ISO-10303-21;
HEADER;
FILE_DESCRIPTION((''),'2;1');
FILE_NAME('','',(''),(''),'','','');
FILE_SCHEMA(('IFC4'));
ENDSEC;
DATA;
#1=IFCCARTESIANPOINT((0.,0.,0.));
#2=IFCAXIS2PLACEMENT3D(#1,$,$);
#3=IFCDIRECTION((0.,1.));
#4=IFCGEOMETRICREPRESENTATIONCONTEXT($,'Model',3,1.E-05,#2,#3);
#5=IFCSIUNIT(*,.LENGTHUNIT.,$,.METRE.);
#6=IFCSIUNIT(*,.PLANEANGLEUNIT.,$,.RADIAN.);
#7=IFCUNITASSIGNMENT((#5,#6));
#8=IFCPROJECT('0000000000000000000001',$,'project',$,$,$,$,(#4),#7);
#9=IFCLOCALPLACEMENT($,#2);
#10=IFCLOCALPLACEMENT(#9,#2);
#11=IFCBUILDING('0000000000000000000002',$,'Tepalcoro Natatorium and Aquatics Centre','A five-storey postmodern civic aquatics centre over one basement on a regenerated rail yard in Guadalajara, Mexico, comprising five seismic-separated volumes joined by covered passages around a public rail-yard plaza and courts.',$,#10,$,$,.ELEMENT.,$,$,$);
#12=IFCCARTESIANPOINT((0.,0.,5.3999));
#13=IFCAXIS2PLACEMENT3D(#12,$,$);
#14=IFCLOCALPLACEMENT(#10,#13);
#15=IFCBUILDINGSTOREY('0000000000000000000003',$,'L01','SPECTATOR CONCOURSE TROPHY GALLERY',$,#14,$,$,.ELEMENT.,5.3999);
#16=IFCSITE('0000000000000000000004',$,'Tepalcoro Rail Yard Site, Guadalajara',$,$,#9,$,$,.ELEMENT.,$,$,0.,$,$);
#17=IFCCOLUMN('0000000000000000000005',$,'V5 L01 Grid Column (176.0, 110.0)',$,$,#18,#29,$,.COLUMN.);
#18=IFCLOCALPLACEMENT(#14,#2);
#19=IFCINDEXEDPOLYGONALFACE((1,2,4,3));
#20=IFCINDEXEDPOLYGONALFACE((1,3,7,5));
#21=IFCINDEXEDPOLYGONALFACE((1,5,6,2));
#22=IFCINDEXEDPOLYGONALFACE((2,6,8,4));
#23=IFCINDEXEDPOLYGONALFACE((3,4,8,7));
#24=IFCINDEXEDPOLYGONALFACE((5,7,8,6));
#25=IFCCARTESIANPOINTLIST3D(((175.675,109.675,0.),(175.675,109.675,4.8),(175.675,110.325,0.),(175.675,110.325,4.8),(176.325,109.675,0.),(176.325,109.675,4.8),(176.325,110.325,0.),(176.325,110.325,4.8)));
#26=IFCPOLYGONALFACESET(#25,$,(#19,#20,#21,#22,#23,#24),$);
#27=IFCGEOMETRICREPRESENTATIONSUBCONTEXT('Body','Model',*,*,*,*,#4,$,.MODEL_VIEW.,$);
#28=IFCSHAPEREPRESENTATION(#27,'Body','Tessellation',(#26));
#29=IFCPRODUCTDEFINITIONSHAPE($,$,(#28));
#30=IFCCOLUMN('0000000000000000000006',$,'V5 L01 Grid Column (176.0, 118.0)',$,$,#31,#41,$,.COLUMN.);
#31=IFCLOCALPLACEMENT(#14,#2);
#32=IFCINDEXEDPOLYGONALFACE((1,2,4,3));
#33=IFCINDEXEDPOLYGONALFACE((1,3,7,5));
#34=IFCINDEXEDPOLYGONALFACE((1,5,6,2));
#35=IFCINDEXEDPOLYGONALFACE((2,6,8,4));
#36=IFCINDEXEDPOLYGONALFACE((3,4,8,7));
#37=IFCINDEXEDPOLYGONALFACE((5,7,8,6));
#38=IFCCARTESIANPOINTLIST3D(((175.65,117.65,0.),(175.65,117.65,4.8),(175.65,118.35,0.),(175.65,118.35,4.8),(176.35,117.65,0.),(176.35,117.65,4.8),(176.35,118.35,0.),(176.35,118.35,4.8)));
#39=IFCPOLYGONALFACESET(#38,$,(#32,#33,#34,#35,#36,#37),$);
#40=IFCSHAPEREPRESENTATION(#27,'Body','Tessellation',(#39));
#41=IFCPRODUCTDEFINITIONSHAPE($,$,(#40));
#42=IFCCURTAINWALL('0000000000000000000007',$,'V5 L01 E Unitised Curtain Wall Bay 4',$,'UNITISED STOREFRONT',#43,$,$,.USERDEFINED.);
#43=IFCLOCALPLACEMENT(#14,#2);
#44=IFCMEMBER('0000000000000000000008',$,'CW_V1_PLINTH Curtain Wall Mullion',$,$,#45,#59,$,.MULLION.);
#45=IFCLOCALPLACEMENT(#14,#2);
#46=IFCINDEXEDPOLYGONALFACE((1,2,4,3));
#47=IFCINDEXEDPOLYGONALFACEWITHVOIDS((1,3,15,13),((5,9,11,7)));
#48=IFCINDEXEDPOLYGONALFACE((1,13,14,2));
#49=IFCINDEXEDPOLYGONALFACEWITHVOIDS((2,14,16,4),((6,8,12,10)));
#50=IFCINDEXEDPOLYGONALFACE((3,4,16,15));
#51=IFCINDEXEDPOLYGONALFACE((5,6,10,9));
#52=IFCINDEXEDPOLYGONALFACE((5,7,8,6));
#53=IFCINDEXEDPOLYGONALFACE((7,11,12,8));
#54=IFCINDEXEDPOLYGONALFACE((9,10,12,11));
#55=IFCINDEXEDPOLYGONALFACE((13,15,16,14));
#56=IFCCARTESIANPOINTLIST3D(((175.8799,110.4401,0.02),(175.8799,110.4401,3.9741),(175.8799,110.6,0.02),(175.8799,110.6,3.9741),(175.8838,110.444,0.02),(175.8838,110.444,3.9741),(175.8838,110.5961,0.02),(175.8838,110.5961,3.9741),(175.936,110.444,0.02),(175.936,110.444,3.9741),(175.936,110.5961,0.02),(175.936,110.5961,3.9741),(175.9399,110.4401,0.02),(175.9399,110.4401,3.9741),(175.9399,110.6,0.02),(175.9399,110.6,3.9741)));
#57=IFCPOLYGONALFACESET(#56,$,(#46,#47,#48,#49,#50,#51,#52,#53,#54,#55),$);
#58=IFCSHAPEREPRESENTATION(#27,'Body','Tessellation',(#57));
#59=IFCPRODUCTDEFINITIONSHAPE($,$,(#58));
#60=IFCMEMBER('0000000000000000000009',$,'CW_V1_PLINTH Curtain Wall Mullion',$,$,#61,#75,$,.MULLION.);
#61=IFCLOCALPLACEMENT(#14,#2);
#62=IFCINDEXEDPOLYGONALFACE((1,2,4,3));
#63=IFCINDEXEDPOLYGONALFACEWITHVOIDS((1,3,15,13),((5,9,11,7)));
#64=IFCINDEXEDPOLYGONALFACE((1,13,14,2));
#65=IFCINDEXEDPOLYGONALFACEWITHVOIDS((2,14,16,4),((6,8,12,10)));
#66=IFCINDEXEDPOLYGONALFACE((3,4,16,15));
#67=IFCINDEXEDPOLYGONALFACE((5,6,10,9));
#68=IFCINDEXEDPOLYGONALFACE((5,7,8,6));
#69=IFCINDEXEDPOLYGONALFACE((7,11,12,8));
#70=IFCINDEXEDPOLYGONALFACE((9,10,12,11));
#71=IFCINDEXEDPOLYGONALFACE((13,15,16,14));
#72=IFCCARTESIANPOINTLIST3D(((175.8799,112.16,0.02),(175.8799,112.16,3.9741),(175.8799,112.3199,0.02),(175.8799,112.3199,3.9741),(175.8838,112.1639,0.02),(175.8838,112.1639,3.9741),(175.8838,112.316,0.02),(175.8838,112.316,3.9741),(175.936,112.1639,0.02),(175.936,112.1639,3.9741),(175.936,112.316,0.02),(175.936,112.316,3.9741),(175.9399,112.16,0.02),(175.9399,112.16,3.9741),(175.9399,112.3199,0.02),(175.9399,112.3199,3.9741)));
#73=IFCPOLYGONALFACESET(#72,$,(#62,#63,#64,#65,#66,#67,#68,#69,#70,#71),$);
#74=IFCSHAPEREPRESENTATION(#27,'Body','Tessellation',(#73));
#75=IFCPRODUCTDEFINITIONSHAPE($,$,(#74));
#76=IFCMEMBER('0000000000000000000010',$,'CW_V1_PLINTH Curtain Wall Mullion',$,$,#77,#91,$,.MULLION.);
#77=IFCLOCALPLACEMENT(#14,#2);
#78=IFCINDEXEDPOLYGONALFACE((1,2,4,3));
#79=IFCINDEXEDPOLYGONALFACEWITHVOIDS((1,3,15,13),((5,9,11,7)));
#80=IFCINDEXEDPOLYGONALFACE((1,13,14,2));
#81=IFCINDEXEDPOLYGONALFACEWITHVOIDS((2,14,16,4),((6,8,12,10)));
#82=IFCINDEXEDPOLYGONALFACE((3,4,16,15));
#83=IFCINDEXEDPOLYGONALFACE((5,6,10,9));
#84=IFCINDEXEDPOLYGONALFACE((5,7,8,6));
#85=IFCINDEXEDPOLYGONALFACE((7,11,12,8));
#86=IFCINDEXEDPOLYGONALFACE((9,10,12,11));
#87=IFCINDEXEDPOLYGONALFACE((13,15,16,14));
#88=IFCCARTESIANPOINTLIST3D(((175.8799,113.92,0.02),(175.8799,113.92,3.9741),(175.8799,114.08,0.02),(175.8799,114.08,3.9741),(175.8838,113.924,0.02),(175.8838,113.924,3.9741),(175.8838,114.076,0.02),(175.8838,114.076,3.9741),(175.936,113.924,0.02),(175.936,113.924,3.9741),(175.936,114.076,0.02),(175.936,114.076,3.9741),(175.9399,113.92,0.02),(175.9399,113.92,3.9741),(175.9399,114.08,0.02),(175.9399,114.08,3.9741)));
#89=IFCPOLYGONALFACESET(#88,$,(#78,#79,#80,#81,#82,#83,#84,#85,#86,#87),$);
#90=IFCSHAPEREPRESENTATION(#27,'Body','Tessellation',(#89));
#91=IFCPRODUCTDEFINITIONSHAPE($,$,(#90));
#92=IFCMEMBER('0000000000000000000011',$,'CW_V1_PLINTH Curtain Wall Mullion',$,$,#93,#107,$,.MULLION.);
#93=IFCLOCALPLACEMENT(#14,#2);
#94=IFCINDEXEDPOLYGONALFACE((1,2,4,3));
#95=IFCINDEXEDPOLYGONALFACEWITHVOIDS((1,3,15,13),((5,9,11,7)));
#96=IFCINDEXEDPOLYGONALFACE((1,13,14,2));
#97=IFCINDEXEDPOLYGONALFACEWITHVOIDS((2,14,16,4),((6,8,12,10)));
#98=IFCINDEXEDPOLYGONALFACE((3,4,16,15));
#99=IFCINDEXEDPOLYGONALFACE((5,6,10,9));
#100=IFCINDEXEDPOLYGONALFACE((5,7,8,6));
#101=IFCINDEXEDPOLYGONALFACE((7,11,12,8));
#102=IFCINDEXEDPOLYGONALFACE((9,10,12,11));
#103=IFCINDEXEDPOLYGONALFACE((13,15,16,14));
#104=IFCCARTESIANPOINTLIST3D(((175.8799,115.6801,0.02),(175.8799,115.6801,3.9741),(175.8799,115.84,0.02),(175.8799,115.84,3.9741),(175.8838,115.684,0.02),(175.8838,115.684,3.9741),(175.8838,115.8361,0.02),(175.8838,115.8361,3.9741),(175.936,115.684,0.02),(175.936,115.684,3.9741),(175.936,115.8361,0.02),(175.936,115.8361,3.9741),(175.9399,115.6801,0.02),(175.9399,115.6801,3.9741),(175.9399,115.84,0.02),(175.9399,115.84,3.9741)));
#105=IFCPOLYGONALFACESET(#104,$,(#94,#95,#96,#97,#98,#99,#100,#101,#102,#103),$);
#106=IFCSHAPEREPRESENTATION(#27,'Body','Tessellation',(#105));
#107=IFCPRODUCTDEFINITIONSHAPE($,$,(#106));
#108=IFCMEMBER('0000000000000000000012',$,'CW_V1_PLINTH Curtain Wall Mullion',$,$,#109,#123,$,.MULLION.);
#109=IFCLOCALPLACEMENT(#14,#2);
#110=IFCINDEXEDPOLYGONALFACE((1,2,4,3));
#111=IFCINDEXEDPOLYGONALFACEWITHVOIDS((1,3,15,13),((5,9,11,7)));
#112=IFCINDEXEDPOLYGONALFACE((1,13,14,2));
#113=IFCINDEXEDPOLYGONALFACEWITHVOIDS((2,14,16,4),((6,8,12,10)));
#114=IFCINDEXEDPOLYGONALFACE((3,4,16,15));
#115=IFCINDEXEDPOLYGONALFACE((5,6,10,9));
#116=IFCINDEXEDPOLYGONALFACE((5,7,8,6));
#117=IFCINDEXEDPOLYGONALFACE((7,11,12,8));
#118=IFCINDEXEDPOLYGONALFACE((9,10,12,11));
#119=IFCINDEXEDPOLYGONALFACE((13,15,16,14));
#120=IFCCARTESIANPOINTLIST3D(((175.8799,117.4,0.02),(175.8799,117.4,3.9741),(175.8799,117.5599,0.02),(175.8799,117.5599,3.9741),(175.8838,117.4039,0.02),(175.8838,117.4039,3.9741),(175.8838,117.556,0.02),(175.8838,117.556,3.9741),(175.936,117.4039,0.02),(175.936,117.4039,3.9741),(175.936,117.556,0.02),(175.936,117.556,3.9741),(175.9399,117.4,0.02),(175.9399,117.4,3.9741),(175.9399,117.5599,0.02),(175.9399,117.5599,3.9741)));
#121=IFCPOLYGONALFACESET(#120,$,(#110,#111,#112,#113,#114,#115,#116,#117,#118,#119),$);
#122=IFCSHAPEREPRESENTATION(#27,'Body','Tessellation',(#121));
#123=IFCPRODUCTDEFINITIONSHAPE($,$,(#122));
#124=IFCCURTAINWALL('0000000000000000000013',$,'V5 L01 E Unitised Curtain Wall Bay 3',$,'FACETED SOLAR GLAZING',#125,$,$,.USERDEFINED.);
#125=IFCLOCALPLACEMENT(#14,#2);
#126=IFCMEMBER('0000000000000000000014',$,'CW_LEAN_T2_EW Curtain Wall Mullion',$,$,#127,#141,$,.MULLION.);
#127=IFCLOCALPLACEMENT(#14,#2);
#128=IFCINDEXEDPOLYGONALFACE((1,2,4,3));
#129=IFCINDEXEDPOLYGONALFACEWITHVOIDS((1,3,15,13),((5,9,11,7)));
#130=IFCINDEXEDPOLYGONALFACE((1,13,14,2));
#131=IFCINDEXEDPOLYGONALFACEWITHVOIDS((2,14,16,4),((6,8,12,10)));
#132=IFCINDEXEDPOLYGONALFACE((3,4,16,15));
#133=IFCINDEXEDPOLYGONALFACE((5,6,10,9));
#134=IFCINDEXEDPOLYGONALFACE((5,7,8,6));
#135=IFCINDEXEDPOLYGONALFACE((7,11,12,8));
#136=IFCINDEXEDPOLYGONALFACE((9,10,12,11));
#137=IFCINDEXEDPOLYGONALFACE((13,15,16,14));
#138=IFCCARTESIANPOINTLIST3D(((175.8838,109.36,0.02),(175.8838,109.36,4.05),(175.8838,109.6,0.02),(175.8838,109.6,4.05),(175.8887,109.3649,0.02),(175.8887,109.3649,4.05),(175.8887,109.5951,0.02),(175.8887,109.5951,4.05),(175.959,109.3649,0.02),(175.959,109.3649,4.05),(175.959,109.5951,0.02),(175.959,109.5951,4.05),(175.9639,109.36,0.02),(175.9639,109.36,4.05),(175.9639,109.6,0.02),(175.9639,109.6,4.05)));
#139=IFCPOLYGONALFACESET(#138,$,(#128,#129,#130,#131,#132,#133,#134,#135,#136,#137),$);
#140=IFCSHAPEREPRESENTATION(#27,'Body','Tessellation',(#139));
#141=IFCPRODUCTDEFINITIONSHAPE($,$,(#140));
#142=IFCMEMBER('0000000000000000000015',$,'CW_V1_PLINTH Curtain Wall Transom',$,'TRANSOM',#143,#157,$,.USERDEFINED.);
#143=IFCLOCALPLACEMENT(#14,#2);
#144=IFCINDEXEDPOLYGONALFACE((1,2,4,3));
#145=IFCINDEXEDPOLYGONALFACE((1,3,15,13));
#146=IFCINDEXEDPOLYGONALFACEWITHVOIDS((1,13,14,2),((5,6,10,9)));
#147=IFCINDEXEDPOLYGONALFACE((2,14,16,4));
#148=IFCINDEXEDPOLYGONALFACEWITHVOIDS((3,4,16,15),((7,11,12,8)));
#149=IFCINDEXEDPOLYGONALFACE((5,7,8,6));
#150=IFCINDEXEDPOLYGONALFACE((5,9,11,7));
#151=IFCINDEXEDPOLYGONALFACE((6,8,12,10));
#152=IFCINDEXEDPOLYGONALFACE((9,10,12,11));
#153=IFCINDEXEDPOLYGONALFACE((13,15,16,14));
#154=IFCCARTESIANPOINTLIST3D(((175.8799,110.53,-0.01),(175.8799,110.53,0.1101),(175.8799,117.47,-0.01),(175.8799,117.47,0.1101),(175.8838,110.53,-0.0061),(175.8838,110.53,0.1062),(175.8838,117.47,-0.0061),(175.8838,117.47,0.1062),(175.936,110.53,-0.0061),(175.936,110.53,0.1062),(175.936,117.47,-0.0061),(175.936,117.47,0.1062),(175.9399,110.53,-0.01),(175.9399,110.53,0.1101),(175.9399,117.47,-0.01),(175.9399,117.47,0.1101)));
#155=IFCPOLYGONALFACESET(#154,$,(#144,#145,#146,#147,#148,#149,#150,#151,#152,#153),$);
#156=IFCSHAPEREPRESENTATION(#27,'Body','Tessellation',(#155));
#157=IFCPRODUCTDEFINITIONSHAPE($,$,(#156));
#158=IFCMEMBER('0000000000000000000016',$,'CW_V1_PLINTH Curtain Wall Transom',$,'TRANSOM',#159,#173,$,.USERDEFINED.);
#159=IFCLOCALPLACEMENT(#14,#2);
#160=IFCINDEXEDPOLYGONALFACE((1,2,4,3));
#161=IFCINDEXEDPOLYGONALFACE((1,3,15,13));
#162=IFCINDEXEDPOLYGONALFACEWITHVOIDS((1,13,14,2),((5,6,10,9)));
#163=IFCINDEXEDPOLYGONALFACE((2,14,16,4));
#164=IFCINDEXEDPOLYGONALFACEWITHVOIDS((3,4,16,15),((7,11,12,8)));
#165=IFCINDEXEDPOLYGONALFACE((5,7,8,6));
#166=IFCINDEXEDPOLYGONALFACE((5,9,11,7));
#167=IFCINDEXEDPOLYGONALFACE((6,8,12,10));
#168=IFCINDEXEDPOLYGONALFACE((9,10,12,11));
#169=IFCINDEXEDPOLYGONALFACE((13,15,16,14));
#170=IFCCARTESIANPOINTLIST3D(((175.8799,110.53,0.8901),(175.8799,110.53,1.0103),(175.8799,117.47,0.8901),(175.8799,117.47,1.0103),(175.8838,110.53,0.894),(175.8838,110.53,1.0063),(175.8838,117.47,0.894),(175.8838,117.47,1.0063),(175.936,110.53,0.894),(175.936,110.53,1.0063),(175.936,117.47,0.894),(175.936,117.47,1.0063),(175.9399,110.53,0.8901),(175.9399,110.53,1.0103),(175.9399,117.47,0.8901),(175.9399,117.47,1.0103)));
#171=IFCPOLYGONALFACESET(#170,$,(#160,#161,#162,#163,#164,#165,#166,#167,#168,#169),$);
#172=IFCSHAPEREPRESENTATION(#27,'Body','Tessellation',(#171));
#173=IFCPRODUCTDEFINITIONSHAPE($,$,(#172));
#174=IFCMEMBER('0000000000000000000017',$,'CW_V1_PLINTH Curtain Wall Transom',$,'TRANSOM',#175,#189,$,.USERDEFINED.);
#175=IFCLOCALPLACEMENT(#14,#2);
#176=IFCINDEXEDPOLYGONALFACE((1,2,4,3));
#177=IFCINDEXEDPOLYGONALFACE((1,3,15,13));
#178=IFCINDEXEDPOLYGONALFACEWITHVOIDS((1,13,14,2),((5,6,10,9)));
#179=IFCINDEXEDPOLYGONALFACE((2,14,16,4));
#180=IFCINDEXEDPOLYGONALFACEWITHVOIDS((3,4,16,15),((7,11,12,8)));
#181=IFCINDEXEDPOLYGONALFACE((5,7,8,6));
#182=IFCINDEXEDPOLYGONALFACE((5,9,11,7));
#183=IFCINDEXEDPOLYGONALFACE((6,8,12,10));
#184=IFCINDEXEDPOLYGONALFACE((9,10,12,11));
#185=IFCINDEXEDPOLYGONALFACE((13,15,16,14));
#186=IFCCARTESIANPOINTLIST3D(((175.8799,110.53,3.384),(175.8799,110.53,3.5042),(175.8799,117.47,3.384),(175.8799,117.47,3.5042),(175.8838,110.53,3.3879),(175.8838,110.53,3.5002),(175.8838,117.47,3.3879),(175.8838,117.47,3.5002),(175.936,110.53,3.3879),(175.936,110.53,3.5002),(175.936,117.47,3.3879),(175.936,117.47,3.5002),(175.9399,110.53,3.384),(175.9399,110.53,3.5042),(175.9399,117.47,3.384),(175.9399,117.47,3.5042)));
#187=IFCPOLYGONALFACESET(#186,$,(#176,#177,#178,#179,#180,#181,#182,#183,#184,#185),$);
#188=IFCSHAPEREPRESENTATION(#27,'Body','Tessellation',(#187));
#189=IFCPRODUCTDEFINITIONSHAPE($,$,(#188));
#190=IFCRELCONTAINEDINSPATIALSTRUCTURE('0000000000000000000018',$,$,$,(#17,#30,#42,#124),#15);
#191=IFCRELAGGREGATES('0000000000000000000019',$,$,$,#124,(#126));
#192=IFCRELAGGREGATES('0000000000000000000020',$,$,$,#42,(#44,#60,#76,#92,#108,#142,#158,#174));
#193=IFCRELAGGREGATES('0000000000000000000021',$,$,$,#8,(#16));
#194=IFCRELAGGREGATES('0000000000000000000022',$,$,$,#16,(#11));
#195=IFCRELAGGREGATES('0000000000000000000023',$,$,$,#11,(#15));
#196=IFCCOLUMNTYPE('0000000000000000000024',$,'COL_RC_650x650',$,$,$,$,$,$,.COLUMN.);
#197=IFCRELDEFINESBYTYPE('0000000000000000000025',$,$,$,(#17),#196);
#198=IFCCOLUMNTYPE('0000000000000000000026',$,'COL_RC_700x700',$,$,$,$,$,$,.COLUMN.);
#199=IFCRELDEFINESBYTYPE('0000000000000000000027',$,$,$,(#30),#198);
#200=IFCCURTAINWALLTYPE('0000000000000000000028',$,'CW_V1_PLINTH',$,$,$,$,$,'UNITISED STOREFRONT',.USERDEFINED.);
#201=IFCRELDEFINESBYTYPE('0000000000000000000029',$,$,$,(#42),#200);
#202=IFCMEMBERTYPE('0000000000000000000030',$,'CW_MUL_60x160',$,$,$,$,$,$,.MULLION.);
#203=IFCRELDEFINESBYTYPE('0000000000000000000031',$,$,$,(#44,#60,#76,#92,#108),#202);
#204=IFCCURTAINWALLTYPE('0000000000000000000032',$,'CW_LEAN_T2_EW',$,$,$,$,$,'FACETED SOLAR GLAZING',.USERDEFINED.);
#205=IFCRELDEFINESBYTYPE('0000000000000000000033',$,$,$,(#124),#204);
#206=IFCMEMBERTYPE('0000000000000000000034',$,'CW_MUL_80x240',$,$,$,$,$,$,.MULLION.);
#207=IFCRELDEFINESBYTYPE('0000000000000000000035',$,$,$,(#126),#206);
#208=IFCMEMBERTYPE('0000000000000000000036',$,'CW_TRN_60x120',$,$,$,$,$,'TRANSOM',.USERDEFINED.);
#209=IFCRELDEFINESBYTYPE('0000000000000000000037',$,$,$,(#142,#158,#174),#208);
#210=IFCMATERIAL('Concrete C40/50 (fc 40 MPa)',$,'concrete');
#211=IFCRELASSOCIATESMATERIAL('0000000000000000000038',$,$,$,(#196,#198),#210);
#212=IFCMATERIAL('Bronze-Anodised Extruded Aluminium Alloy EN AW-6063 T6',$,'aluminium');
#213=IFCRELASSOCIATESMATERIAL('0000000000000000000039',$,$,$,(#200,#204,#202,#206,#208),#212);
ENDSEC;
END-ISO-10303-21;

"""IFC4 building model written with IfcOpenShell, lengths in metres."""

from ifc_helpers import new_model, si_unit, direction, frame, origin, origin_2d, place, context, subcontext, project, spatial, rectangle, hollow_rectangle, extrude, material, material_profile, profile_set, type_object, element, aggregate, save


model = new_model("IFC4")

# Units and contexts
model_context = context("Model", 3, precision=1e-05, world=origin(), true_north=direction((0.0, 1.0)))
body_context = subcontext(model_context, "Body", "Model", "MODEL_VIEW")
ifc_project = project(units=[si_unit("LENGTHUNIT", "METRE"), si_unit("PLANEANGLEUNIT", "RADIAN")], contexts=[model_context])

# Site, building, storey
site_placement = place(None, origin())
site = spatial("IfcSite", under=ifc_project, at=site_placement, Name="Tepalcoro Rail Yard Site, Guadalajara", CompositionType="ELEMENT", RefElevation=0.0)
building_placement = place(site_placement, origin())
building = spatial("IfcBuilding", under=site, at=building_placement, Name="Tepalcoro Natatorium and Aquatics Centre", Description="A five-storey postmodern civic aquatics centre over one basement on a regenerated rail yard in Guadalajara, Mexico, comprising five seismic-separated volumes joined by covered passages around a public rail-yard plaza and courts.", CompositionType="ELEMENT")
storey_placement = place(building_placement, frame((0.0, 0.0, 5.3999)))
storey = spatial("IfcBuildingStorey", under=building, at=storey_placement, Name="L01", Description="SPECTATOR CONCOURSE TROPHY GALLERY", CompositionType="ELEMENT", Elevation=5.3999)

# Columns
ifc_material_1 = material(Name="Concrete C40/50 (fc 40 MPa)", Category="concrete")
ifc_material_profile_1 = material_profile(ifc_material_1, rectangle(XDim=0.6499, YDim=0.6499, at=origin_2d()), Name="RC650x650")
ifc_profile_set_1 = profile_set([ifc_material_profile_1], Name="Concrete C40/50 (fc 40 MPa)")
column_type_1 = type_object("IfcColumnType", Name="COL_RC_650x650", PredefinedType="COLUMN", material=ifc_profile_set_1)
column_1_placement = place(storey_placement, frame((176.0, 110.0, 0.0), z_axis=(0.0, 0.0, 1.0), x_axis=(1.0, 0.0, 0.0)))
element("IfcColumn", 1, at=column_1_placement, inside=storey, type_object=column_type_1, Name="V5 L01 Grid Column (176.0, 110.0)", PredefinedType="COLUMN", context=body_context, shape_type="SweptSolid", body=[
    extrude(rectangle(XDim=0.6499, YDim=0.6499, at=origin_2d()), origin(), (0.0, 0.0, 1.0), 4.8),
])
ifc_material_profile_2 = material_profile(ifc_material_1, rectangle(XDim=0.7, YDim=0.7, at=origin_2d()), Name="RC700x700")
ifc_profile_set_2 = profile_set([ifc_material_profile_2], Name="Concrete C40/50 (fc 40 MPa)")
column_type_2 = type_object("IfcColumnType", Name="COL_RC_700x700", PredefinedType="COLUMN", material=ifc_profile_set_2)
column_2_placement = place(storey_placement, frame((176.0, 118.0, 0.0), z_axis=(0.0, 0.0, 1.0), x_axis=(1.0, 0.0, 0.0)))
element("IfcColumn", 2, at=column_2_placement, inside=storey, type_object=column_type_2, Name="V5 L01 Grid Column (176.0, 118.0)", PredefinedType="COLUMN", context=body_context, shape_type="SweptSolid", body=[
    extrude(rectangle(XDim=0.7, YDim=0.7, at=origin_2d()), origin(), (0.0, 0.0, 1.0), 4.8),
])

# Curtain wall, members
ifc_material_2 = material(Name="Bronze-Anodised Extruded Aluminium Alloy EN AW-6063 T6", Category="aluminium")
curtain_wall_type_1 = type_object("IfcCurtainWallType", Name="CW_V1_PLINTH", ElementType="UNITISED STOREFRONT", PredefinedType="USERDEFINED", material=ifc_material_2)
curtain_wall_1_placement = place(storey_placement, origin())
curtain_wall_1 = element("IfcCurtainWall", 3, at=curtain_wall_1_placement, inside=storey, type_object=curtain_wall_type_1, Name="V5 L01 E Unitised Curtain Wall Bay 4", ObjectType="UNITISED STOREFRONT", PredefinedType="USERDEFINED")
ifc_material_profile_3 = material_profile(ifc_material_2, hollow_rectangle(XDim=0.0601, YDim=0.1599, WallThickness=0.0039, at=origin_2d()), Name="AL60X160X4")
ifc_profile_set_3 = profile_set([ifc_material_profile_3], Name="Bronze-Anodised Extruded Aluminium Alloy EN AW-6063 T6")
member_type_1 = type_object("IfcMemberType", Name="CW_MUL_60x160", PredefinedType="MULLION", material=ifc_profile_set_3)
member_1_placement = place(storey_placement, frame((175.9099, 110.52, 0.02), z_axis=(0.0, 0.0, 1.0), x_axis=(1.0, 0.0, 0.0)))
member_1 = element("IfcMember", 4, at=member_1_placement, type_object=member_type_1, Name="CW_V1_PLINTH Curtain Wall Mullion", PredefinedType="MULLION", context=body_context, shape_type="SweptSolid", body=[
    extrude(hollow_rectangle(XDim=0.0601, YDim=0.1599, WallThickness=0.0039, at=origin_2d()), origin(), (0.0, 0.0, 1.0), 3.9541),
])
member_2_placement = place(storey_placement, frame((175.9099, 112.24, 0.02), z_axis=(0.0, 0.0, 1.0), x_axis=(1.0, 0.0, 0.0)))
member_2 = element("IfcMember", 5, at=member_2_placement, type_object=member_type_1, Name="CW_V1_PLINTH Curtain Wall Mullion", PredefinedType="MULLION", context=body_context, shape_type="SweptSolid", body=[
    extrude(hollow_rectangle(XDim=0.0601, YDim=0.1599, WallThickness=0.0039, at=origin_2d()), origin(), (0.0, 0.0, 1.0), 3.9541),
])
member_3_placement = place(storey_placement, frame((175.9099, 114.0, 0.02), z_axis=(0.0, 0.0, 1.0), x_axis=(1.0, 0.0, 0.0)))
member_3 = element("IfcMember", 6, at=member_3_placement, type_object=member_type_1, Name="CW_V1_PLINTH Curtain Wall Mullion", PredefinedType="MULLION", context=body_context, shape_type="SweptSolid", body=[
    extrude(hollow_rectangle(XDim=0.0601, YDim=0.1599, WallThickness=0.0039, at=origin_2d()), origin(), (0.0, 0.0, 1.0), 3.9541),
])
member_4_placement = place(storey_placement, frame((175.9099, 115.76, 0.02), z_axis=(0.0, 0.0, 1.0), x_axis=(1.0, 0.0, 0.0)))
member_4 = element("IfcMember", 7, at=member_4_placement, type_object=member_type_1, Name="CW_V1_PLINTH Curtain Wall Mullion", PredefinedType="MULLION", context=body_context, shape_type="SweptSolid", body=[
    extrude(hollow_rectangle(XDim=0.0601, YDim=0.1599, WallThickness=0.0039, at=origin_2d()), origin(), (0.0, 0.0, 1.0), 3.9541),
])
member_5_placement = place(storey_placement, frame((175.9099, 117.48, 0.02), z_axis=(0.0, 0.0, 1.0), x_axis=(1.0, 0.0, 0.0)))
member_5 = element("IfcMember", 8, at=member_5_placement, type_object=member_type_1, Name="CW_V1_PLINTH Curtain Wall Mullion", PredefinedType="MULLION", context=body_context, shape_type="SweptSolid", body=[
    extrude(hollow_rectangle(XDim=0.0601, YDim=0.1599, WallThickness=0.0039, at=origin_2d()), origin(), (0.0, 0.0, 1.0), 3.9541),
])

# Curtain wall, member
curtain_wall_type_2 = type_object("IfcCurtainWallType", Name="CW_LEAN_T2_EW", ElementType="FACETED SOLAR GLAZING", PredefinedType="USERDEFINED", material=ifc_material_2)
curtain_wall_2_placement = place(storey_placement, origin())
curtain_wall_2 = element("IfcCurtainWall", 9, at=curtain_wall_2_placement, inside=storey, type_object=curtain_wall_type_2, Name="V5 L01 E Unitised Curtain Wall Bay 3", ObjectType="FACETED SOLAR GLAZING", PredefinedType="USERDEFINED")
ifc_material_profile_4 = material_profile(ifc_material_2, hollow_rectangle(XDim=0.0801, YDim=0.24, WallThickness=0.0049, at=origin_2d()), Name="AL80X240X5")
ifc_profile_set_4 = profile_set([ifc_material_profile_4], Name="Bronze-Anodised Extruded Aluminium Alloy EN AW-6063 T6")
member_type_2 = type_object("IfcMemberType", Name="CW_MUL_80x240", PredefinedType="MULLION", material=ifc_profile_set_4)
member_6_placement = place(storey_placement, frame((175.9238, 109.48, 0.02), z_axis=(0.0, 0.0, 1.0), x_axis=(1.0, 0.0, 0.0)))
member_6 = element("IfcMember", 10, at=member_6_placement, type_object=member_type_2, Name="CW_LEAN_T2_EW Curtain Wall Mullion", PredefinedType="MULLION", context=body_context, shape_type="SweptSolid", body=[
    extrude(hollow_rectangle(XDim=0.0801, YDim=0.24, WallThickness=0.0049, at=origin_2d()), origin(), (0.0, 0.0, 1.0), 4.03),
])
aggregate(curtain_wall_2, [member_6])

# Members
ifc_material_profile_5 = material_profile(ifc_material_2, hollow_rectangle(XDim=0.0601, YDim=0.1201, WallThickness=0.0039, at=origin_2d()), Name="AL60X120X4")
ifc_profile_set_5 = profile_set([ifc_material_profile_5], Name="Bronze-Anodised Extruded Aluminium Alloy EN AW-6063 T6")
member_type_3 = type_object("IfcMemberType", Name="CW_TRN_60x120", ElementType="TRANSOM", PredefinedType="USERDEFINED", material=ifc_profile_set_5)
member_7_placement = place(storey_placement, frame((175.9099, 110.53, 0.05), z_axis=(0.0, 1.0, 0.0), x_axis=(-1.0, 0.0, 0.0)))
member_7 = element("IfcMember", 11, at=member_7_placement, type_object=member_type_3, Name="CW_V1_PLINTH Curtain Wall Transom", ObjectType="TRANSOM", PredefinedType="USERDEFINED", context=body_context, shape_type="SweptSolid", body=[
    extrude(hollow_rectangle(XDim=0.0601, YDim=0.1201, WallThickness=0.0039, at=origin_2d()), origin(), (0.0, 0.0, 1.0), 6.9399),
])
member_8_placement = place(storey_placement, frame((175.9099, 110.53, 0.9502), z_axis=(0.0, 1.0, 0.0), x_axis=(-1.0, 0.0, 0.0)))
member_8 = element("IfcMember", 12, at=member_8_placement, type_object=member_type_3, Name="CW_V1_PLINTH Curtain Wall Transom", ObjectType="TRANSOM", PredefinedType="USERDEFINED", context=body_context, shape_type="SweptSolid", body=[
    extrude(hollow_rectangle(XDim=0.0601, YDim=0.1201, WallThickness=0.0039, at=origin_2d()), origin(), (0.0, 0.0, 1.0), 6.9399),
])
member_9_placement = place(storey_placement, frame((175.9099, 110.53, 3.4441), z_axis=(0.0, 1.0, 0.0), x_axis=(-1.0, 0.0, 0.0)))
member_9 = element("IfcMember", 13, at=member_9_placement, type_object=member_type_3, Name="CW_V1_PLINTH Curtain Wall Transom", ObjectType="TRANSOM", PredefinedType="USERDEFINED", context=body_context, shape_type="SweptSolid", body=[
    extrude(hollow_rectangle(XDim=0.0601, YDim=0.1201, WallThickness=0.0039, at=origin_2d()), origin(), (0.0, 0.0, 1.0), 6.9399),
])

aggregate(curtain_wall_1, [member_1, member_2, member_3, member_4, member_5, member_7, member_8, member_9])

save(model, "model.ifc")
